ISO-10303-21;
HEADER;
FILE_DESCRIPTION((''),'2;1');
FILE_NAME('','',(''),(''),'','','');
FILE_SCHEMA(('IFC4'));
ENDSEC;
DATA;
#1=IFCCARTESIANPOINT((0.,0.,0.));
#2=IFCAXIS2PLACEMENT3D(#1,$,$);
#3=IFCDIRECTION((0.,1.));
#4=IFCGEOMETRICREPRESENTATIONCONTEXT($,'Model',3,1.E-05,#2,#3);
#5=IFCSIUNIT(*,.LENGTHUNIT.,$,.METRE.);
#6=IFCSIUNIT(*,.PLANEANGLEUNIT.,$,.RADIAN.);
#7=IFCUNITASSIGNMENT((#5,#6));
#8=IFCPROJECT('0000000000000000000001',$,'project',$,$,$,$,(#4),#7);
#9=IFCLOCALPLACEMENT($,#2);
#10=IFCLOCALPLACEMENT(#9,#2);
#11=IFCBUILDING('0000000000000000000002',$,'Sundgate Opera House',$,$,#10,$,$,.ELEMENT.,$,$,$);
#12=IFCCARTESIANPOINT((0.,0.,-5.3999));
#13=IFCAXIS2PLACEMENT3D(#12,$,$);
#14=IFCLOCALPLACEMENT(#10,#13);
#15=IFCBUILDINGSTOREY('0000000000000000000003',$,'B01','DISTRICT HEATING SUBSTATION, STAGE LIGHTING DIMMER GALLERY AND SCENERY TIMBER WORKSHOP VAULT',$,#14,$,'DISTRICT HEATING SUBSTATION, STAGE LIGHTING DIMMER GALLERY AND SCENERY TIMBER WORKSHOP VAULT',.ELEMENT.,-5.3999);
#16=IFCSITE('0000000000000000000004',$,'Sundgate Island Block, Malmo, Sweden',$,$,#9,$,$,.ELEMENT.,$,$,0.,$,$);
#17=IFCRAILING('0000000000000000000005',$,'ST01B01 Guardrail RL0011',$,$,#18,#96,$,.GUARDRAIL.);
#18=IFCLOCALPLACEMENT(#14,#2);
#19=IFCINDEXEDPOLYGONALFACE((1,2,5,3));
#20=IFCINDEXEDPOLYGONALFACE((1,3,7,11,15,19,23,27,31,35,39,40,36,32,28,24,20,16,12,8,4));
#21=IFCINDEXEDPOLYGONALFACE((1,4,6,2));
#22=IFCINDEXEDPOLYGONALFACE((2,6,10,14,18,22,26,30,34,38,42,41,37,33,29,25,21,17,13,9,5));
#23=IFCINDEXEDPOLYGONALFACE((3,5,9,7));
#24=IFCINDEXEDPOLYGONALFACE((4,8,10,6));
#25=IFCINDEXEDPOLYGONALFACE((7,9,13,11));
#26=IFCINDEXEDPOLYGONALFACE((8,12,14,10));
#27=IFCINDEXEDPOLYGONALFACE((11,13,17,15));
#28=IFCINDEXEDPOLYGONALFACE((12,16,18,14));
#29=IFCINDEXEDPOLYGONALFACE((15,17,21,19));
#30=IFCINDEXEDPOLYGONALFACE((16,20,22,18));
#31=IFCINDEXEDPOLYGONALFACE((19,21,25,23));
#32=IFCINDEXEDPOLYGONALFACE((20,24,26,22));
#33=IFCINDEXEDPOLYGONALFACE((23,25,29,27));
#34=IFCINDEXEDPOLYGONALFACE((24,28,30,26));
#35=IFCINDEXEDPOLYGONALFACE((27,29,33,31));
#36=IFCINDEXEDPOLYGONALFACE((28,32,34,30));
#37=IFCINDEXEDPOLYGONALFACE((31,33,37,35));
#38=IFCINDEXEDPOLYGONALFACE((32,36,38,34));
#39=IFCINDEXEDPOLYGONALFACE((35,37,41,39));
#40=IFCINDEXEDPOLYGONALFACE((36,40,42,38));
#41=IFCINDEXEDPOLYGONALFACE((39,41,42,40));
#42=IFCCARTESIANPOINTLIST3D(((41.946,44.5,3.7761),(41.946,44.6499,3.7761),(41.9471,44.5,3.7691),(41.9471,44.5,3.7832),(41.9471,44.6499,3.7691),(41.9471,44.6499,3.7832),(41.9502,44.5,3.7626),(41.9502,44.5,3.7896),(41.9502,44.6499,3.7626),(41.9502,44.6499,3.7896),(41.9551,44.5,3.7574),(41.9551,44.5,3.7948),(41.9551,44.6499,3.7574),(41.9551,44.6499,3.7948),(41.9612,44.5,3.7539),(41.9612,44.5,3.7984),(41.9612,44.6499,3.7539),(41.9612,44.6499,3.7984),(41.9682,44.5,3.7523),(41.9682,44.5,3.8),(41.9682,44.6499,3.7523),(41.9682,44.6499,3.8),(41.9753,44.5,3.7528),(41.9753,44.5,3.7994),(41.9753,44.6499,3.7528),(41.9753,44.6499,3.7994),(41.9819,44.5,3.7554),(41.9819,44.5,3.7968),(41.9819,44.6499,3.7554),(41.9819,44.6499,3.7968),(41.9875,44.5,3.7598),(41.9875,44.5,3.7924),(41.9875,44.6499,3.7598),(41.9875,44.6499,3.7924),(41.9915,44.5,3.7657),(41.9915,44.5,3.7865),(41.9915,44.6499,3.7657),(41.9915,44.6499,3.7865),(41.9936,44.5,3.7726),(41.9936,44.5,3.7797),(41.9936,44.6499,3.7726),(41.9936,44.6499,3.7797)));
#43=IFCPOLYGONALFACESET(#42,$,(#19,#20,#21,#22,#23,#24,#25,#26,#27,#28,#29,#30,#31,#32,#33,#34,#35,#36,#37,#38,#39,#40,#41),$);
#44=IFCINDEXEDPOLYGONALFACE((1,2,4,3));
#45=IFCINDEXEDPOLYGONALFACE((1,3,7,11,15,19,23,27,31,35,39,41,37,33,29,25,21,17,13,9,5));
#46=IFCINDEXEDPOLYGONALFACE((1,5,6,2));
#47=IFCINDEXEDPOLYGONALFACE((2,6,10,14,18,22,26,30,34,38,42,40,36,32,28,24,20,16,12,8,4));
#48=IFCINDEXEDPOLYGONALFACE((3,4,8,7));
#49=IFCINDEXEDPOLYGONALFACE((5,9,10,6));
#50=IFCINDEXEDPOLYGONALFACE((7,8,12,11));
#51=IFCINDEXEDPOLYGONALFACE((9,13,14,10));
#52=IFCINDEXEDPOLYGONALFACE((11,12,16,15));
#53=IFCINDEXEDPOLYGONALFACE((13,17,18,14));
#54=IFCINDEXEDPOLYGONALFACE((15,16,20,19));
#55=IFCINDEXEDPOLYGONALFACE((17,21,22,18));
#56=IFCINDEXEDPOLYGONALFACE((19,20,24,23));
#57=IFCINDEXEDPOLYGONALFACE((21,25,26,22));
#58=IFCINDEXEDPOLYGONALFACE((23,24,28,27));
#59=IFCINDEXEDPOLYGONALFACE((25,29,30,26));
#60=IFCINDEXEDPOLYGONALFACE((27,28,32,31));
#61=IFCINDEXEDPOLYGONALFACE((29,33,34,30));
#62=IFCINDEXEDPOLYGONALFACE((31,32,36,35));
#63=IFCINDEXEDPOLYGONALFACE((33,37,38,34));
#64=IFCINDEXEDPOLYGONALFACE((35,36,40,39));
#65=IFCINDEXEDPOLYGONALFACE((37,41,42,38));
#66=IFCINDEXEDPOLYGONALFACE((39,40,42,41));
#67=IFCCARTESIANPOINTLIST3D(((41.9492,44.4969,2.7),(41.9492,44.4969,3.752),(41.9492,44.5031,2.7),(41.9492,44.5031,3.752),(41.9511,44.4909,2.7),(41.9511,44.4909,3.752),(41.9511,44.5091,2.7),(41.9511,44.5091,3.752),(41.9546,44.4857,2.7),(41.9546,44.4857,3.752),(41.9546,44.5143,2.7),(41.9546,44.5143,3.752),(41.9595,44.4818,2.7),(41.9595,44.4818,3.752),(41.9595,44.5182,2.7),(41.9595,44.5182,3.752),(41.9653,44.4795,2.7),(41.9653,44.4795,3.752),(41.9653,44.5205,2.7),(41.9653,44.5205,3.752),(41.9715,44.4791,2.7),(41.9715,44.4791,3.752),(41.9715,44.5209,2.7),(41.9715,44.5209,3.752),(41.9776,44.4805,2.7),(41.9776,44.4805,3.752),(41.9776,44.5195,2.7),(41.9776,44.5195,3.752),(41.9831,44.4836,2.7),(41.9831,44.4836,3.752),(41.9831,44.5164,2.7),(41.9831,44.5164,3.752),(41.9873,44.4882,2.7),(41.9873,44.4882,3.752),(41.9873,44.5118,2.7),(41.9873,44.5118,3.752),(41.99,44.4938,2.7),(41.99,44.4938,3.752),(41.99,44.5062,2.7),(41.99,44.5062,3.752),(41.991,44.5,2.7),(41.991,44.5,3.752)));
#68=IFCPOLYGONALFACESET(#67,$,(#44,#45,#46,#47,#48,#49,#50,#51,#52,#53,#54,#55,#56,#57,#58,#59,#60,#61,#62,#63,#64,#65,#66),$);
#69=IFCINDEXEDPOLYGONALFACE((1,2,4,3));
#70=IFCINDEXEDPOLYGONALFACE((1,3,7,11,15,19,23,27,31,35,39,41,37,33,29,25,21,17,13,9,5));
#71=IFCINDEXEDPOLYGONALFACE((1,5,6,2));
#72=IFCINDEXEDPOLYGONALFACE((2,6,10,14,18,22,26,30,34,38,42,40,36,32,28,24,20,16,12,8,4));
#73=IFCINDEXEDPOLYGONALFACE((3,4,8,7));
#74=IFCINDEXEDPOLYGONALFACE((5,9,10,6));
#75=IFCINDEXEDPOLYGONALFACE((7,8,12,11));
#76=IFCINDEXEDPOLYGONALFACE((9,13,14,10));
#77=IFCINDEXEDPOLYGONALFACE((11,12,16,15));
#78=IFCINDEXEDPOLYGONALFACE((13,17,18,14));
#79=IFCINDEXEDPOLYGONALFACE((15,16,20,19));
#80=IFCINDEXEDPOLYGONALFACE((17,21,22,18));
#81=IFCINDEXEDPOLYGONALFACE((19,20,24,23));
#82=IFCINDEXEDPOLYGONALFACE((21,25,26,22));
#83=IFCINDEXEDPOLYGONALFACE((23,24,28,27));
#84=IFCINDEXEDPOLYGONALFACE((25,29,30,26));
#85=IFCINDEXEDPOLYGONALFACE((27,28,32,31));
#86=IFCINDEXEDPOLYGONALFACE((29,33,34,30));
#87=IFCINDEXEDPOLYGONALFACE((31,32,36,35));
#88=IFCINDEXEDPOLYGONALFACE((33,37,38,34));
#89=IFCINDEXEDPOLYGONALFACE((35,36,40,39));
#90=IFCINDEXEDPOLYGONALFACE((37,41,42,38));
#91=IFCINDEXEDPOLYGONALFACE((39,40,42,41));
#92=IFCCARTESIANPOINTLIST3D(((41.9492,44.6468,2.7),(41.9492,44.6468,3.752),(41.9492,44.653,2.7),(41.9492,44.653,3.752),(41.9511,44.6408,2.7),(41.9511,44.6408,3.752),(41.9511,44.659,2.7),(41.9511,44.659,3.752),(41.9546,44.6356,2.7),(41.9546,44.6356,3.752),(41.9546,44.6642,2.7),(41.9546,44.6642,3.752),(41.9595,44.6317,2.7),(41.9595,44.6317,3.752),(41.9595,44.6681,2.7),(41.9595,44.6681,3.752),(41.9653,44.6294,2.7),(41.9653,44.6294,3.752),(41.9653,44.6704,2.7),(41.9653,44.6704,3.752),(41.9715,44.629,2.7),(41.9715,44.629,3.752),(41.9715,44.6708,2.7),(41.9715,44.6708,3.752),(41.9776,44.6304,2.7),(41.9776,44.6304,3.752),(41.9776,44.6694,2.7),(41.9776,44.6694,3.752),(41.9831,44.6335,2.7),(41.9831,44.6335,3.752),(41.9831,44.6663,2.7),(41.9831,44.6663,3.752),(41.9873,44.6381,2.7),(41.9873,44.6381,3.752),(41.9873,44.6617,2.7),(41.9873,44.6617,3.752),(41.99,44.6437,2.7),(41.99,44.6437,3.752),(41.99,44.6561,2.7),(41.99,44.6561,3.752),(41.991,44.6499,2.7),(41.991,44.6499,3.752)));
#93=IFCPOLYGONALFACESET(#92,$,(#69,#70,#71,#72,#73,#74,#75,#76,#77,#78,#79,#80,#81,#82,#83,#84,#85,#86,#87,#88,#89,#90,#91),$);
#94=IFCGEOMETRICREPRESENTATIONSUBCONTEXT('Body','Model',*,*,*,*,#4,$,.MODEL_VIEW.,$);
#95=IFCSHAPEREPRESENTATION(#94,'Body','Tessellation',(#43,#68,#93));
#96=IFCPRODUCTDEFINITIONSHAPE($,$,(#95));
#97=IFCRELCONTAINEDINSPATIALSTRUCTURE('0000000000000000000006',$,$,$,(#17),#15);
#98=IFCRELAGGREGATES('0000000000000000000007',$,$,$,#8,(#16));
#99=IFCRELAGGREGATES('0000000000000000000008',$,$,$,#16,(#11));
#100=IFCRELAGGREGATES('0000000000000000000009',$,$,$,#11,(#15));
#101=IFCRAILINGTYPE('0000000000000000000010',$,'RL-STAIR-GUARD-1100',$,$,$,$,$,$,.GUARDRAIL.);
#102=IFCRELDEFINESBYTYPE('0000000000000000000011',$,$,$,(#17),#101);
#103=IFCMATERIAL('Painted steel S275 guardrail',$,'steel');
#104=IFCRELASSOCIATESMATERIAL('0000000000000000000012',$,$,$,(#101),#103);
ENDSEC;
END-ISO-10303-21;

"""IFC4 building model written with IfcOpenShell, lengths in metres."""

from ifc_helpers import new_model, si_unit, direction, frame, origin, origin_2d, place, context, subcontext, project, spatial, circle, extrude, material, type_object, element, save


model = new_model("IFC4")

# Units and contexts
model_context = context("Model", 3, precision=1e-05, world=origin(), true_north=direction((0.0, 1.0)))
body_context = subcontext(model_context, "Body", "Model", "MODEL_VIEW")
ifc_project = project(units=[si_unit("LENGTHUNIT", "METRE"), si_unit("PLANEANGLEUNIT", "RADIAN")], contexts=[model_context])

# Site, building, storey
site_placement = place(None, origin())
site = spatial("IfcSite", under=ifc_project, at=site_placement, Name="Sundgate Island Block, Malmo, Sweden", CompositionType="ELEMENT", RefElevation=0.0)
building_placement = place(site_placement, origin())
building = spatial("IfcBuilding", under=site, at=building_placement, Name="Sundgate Opera House", CompositionType="ELEMENT")
storey_placement = place(building_placement, frame((0.0, 0.0, -5.3999)))
storey = spatial("IfcBuildingStorey", under=building, at=storey_placement, Name="B01", Description="DISTRICT HEATING SUBSTATION, STAGE LIGHTING DIMMER GALLERY AND SCENERY TIMBER WORKSHOP VAULT", LongName="DISTRICT HEATING SUBSTATION, STAGE LIGHTING DIMMER GALLERY AND SCENERY TIMBER WORKSHOP VAULT", CompositionType="ELEMENT", Elevation=-5.3999)

# Railing
ifc_material_1 = material(Name="Painted steel S275 guardrail", Category="steel")
railing_type_1 = type_object("IfcRailingType", Name="RL-STAIR-GUARD-1100", PredefinedType="GUARDRAIL", material=ifc_material_1)
railing_1_placement = place(storey_placement, frame((41.97, 44.5, 2.7)))
element("IfcRailing", 1, at=railing_1_placement, inside=storey, type_object=railing_type_1, Name="ST01B01 Guardrail RL0011", PredefinedType="GUARDRAIL", context=body_context, shape_type="SweptSolid", body=[
    extrude(circle(Radius=0.0239, at=origin_2d()), frame((0.0, 0.0, 1.0762), z_axis=(0.0, 1.0, 0.0), x_axis=(-1.0, 0.0, 0.0)), (0.0, 0.0, 1.0), 0.1499),
    extrude(circle(Radius=0.021, at=origin_2d()), origin(), (0.0, 0.0, 1.0), 1.052),
    extrude(circle(Radius=0.021, at=origin_2d()), frame((0.0, 0.1499, 0.0)), (0.0, 0.0, 1.0), 1.052),
])

save(model, "model.ifc")
